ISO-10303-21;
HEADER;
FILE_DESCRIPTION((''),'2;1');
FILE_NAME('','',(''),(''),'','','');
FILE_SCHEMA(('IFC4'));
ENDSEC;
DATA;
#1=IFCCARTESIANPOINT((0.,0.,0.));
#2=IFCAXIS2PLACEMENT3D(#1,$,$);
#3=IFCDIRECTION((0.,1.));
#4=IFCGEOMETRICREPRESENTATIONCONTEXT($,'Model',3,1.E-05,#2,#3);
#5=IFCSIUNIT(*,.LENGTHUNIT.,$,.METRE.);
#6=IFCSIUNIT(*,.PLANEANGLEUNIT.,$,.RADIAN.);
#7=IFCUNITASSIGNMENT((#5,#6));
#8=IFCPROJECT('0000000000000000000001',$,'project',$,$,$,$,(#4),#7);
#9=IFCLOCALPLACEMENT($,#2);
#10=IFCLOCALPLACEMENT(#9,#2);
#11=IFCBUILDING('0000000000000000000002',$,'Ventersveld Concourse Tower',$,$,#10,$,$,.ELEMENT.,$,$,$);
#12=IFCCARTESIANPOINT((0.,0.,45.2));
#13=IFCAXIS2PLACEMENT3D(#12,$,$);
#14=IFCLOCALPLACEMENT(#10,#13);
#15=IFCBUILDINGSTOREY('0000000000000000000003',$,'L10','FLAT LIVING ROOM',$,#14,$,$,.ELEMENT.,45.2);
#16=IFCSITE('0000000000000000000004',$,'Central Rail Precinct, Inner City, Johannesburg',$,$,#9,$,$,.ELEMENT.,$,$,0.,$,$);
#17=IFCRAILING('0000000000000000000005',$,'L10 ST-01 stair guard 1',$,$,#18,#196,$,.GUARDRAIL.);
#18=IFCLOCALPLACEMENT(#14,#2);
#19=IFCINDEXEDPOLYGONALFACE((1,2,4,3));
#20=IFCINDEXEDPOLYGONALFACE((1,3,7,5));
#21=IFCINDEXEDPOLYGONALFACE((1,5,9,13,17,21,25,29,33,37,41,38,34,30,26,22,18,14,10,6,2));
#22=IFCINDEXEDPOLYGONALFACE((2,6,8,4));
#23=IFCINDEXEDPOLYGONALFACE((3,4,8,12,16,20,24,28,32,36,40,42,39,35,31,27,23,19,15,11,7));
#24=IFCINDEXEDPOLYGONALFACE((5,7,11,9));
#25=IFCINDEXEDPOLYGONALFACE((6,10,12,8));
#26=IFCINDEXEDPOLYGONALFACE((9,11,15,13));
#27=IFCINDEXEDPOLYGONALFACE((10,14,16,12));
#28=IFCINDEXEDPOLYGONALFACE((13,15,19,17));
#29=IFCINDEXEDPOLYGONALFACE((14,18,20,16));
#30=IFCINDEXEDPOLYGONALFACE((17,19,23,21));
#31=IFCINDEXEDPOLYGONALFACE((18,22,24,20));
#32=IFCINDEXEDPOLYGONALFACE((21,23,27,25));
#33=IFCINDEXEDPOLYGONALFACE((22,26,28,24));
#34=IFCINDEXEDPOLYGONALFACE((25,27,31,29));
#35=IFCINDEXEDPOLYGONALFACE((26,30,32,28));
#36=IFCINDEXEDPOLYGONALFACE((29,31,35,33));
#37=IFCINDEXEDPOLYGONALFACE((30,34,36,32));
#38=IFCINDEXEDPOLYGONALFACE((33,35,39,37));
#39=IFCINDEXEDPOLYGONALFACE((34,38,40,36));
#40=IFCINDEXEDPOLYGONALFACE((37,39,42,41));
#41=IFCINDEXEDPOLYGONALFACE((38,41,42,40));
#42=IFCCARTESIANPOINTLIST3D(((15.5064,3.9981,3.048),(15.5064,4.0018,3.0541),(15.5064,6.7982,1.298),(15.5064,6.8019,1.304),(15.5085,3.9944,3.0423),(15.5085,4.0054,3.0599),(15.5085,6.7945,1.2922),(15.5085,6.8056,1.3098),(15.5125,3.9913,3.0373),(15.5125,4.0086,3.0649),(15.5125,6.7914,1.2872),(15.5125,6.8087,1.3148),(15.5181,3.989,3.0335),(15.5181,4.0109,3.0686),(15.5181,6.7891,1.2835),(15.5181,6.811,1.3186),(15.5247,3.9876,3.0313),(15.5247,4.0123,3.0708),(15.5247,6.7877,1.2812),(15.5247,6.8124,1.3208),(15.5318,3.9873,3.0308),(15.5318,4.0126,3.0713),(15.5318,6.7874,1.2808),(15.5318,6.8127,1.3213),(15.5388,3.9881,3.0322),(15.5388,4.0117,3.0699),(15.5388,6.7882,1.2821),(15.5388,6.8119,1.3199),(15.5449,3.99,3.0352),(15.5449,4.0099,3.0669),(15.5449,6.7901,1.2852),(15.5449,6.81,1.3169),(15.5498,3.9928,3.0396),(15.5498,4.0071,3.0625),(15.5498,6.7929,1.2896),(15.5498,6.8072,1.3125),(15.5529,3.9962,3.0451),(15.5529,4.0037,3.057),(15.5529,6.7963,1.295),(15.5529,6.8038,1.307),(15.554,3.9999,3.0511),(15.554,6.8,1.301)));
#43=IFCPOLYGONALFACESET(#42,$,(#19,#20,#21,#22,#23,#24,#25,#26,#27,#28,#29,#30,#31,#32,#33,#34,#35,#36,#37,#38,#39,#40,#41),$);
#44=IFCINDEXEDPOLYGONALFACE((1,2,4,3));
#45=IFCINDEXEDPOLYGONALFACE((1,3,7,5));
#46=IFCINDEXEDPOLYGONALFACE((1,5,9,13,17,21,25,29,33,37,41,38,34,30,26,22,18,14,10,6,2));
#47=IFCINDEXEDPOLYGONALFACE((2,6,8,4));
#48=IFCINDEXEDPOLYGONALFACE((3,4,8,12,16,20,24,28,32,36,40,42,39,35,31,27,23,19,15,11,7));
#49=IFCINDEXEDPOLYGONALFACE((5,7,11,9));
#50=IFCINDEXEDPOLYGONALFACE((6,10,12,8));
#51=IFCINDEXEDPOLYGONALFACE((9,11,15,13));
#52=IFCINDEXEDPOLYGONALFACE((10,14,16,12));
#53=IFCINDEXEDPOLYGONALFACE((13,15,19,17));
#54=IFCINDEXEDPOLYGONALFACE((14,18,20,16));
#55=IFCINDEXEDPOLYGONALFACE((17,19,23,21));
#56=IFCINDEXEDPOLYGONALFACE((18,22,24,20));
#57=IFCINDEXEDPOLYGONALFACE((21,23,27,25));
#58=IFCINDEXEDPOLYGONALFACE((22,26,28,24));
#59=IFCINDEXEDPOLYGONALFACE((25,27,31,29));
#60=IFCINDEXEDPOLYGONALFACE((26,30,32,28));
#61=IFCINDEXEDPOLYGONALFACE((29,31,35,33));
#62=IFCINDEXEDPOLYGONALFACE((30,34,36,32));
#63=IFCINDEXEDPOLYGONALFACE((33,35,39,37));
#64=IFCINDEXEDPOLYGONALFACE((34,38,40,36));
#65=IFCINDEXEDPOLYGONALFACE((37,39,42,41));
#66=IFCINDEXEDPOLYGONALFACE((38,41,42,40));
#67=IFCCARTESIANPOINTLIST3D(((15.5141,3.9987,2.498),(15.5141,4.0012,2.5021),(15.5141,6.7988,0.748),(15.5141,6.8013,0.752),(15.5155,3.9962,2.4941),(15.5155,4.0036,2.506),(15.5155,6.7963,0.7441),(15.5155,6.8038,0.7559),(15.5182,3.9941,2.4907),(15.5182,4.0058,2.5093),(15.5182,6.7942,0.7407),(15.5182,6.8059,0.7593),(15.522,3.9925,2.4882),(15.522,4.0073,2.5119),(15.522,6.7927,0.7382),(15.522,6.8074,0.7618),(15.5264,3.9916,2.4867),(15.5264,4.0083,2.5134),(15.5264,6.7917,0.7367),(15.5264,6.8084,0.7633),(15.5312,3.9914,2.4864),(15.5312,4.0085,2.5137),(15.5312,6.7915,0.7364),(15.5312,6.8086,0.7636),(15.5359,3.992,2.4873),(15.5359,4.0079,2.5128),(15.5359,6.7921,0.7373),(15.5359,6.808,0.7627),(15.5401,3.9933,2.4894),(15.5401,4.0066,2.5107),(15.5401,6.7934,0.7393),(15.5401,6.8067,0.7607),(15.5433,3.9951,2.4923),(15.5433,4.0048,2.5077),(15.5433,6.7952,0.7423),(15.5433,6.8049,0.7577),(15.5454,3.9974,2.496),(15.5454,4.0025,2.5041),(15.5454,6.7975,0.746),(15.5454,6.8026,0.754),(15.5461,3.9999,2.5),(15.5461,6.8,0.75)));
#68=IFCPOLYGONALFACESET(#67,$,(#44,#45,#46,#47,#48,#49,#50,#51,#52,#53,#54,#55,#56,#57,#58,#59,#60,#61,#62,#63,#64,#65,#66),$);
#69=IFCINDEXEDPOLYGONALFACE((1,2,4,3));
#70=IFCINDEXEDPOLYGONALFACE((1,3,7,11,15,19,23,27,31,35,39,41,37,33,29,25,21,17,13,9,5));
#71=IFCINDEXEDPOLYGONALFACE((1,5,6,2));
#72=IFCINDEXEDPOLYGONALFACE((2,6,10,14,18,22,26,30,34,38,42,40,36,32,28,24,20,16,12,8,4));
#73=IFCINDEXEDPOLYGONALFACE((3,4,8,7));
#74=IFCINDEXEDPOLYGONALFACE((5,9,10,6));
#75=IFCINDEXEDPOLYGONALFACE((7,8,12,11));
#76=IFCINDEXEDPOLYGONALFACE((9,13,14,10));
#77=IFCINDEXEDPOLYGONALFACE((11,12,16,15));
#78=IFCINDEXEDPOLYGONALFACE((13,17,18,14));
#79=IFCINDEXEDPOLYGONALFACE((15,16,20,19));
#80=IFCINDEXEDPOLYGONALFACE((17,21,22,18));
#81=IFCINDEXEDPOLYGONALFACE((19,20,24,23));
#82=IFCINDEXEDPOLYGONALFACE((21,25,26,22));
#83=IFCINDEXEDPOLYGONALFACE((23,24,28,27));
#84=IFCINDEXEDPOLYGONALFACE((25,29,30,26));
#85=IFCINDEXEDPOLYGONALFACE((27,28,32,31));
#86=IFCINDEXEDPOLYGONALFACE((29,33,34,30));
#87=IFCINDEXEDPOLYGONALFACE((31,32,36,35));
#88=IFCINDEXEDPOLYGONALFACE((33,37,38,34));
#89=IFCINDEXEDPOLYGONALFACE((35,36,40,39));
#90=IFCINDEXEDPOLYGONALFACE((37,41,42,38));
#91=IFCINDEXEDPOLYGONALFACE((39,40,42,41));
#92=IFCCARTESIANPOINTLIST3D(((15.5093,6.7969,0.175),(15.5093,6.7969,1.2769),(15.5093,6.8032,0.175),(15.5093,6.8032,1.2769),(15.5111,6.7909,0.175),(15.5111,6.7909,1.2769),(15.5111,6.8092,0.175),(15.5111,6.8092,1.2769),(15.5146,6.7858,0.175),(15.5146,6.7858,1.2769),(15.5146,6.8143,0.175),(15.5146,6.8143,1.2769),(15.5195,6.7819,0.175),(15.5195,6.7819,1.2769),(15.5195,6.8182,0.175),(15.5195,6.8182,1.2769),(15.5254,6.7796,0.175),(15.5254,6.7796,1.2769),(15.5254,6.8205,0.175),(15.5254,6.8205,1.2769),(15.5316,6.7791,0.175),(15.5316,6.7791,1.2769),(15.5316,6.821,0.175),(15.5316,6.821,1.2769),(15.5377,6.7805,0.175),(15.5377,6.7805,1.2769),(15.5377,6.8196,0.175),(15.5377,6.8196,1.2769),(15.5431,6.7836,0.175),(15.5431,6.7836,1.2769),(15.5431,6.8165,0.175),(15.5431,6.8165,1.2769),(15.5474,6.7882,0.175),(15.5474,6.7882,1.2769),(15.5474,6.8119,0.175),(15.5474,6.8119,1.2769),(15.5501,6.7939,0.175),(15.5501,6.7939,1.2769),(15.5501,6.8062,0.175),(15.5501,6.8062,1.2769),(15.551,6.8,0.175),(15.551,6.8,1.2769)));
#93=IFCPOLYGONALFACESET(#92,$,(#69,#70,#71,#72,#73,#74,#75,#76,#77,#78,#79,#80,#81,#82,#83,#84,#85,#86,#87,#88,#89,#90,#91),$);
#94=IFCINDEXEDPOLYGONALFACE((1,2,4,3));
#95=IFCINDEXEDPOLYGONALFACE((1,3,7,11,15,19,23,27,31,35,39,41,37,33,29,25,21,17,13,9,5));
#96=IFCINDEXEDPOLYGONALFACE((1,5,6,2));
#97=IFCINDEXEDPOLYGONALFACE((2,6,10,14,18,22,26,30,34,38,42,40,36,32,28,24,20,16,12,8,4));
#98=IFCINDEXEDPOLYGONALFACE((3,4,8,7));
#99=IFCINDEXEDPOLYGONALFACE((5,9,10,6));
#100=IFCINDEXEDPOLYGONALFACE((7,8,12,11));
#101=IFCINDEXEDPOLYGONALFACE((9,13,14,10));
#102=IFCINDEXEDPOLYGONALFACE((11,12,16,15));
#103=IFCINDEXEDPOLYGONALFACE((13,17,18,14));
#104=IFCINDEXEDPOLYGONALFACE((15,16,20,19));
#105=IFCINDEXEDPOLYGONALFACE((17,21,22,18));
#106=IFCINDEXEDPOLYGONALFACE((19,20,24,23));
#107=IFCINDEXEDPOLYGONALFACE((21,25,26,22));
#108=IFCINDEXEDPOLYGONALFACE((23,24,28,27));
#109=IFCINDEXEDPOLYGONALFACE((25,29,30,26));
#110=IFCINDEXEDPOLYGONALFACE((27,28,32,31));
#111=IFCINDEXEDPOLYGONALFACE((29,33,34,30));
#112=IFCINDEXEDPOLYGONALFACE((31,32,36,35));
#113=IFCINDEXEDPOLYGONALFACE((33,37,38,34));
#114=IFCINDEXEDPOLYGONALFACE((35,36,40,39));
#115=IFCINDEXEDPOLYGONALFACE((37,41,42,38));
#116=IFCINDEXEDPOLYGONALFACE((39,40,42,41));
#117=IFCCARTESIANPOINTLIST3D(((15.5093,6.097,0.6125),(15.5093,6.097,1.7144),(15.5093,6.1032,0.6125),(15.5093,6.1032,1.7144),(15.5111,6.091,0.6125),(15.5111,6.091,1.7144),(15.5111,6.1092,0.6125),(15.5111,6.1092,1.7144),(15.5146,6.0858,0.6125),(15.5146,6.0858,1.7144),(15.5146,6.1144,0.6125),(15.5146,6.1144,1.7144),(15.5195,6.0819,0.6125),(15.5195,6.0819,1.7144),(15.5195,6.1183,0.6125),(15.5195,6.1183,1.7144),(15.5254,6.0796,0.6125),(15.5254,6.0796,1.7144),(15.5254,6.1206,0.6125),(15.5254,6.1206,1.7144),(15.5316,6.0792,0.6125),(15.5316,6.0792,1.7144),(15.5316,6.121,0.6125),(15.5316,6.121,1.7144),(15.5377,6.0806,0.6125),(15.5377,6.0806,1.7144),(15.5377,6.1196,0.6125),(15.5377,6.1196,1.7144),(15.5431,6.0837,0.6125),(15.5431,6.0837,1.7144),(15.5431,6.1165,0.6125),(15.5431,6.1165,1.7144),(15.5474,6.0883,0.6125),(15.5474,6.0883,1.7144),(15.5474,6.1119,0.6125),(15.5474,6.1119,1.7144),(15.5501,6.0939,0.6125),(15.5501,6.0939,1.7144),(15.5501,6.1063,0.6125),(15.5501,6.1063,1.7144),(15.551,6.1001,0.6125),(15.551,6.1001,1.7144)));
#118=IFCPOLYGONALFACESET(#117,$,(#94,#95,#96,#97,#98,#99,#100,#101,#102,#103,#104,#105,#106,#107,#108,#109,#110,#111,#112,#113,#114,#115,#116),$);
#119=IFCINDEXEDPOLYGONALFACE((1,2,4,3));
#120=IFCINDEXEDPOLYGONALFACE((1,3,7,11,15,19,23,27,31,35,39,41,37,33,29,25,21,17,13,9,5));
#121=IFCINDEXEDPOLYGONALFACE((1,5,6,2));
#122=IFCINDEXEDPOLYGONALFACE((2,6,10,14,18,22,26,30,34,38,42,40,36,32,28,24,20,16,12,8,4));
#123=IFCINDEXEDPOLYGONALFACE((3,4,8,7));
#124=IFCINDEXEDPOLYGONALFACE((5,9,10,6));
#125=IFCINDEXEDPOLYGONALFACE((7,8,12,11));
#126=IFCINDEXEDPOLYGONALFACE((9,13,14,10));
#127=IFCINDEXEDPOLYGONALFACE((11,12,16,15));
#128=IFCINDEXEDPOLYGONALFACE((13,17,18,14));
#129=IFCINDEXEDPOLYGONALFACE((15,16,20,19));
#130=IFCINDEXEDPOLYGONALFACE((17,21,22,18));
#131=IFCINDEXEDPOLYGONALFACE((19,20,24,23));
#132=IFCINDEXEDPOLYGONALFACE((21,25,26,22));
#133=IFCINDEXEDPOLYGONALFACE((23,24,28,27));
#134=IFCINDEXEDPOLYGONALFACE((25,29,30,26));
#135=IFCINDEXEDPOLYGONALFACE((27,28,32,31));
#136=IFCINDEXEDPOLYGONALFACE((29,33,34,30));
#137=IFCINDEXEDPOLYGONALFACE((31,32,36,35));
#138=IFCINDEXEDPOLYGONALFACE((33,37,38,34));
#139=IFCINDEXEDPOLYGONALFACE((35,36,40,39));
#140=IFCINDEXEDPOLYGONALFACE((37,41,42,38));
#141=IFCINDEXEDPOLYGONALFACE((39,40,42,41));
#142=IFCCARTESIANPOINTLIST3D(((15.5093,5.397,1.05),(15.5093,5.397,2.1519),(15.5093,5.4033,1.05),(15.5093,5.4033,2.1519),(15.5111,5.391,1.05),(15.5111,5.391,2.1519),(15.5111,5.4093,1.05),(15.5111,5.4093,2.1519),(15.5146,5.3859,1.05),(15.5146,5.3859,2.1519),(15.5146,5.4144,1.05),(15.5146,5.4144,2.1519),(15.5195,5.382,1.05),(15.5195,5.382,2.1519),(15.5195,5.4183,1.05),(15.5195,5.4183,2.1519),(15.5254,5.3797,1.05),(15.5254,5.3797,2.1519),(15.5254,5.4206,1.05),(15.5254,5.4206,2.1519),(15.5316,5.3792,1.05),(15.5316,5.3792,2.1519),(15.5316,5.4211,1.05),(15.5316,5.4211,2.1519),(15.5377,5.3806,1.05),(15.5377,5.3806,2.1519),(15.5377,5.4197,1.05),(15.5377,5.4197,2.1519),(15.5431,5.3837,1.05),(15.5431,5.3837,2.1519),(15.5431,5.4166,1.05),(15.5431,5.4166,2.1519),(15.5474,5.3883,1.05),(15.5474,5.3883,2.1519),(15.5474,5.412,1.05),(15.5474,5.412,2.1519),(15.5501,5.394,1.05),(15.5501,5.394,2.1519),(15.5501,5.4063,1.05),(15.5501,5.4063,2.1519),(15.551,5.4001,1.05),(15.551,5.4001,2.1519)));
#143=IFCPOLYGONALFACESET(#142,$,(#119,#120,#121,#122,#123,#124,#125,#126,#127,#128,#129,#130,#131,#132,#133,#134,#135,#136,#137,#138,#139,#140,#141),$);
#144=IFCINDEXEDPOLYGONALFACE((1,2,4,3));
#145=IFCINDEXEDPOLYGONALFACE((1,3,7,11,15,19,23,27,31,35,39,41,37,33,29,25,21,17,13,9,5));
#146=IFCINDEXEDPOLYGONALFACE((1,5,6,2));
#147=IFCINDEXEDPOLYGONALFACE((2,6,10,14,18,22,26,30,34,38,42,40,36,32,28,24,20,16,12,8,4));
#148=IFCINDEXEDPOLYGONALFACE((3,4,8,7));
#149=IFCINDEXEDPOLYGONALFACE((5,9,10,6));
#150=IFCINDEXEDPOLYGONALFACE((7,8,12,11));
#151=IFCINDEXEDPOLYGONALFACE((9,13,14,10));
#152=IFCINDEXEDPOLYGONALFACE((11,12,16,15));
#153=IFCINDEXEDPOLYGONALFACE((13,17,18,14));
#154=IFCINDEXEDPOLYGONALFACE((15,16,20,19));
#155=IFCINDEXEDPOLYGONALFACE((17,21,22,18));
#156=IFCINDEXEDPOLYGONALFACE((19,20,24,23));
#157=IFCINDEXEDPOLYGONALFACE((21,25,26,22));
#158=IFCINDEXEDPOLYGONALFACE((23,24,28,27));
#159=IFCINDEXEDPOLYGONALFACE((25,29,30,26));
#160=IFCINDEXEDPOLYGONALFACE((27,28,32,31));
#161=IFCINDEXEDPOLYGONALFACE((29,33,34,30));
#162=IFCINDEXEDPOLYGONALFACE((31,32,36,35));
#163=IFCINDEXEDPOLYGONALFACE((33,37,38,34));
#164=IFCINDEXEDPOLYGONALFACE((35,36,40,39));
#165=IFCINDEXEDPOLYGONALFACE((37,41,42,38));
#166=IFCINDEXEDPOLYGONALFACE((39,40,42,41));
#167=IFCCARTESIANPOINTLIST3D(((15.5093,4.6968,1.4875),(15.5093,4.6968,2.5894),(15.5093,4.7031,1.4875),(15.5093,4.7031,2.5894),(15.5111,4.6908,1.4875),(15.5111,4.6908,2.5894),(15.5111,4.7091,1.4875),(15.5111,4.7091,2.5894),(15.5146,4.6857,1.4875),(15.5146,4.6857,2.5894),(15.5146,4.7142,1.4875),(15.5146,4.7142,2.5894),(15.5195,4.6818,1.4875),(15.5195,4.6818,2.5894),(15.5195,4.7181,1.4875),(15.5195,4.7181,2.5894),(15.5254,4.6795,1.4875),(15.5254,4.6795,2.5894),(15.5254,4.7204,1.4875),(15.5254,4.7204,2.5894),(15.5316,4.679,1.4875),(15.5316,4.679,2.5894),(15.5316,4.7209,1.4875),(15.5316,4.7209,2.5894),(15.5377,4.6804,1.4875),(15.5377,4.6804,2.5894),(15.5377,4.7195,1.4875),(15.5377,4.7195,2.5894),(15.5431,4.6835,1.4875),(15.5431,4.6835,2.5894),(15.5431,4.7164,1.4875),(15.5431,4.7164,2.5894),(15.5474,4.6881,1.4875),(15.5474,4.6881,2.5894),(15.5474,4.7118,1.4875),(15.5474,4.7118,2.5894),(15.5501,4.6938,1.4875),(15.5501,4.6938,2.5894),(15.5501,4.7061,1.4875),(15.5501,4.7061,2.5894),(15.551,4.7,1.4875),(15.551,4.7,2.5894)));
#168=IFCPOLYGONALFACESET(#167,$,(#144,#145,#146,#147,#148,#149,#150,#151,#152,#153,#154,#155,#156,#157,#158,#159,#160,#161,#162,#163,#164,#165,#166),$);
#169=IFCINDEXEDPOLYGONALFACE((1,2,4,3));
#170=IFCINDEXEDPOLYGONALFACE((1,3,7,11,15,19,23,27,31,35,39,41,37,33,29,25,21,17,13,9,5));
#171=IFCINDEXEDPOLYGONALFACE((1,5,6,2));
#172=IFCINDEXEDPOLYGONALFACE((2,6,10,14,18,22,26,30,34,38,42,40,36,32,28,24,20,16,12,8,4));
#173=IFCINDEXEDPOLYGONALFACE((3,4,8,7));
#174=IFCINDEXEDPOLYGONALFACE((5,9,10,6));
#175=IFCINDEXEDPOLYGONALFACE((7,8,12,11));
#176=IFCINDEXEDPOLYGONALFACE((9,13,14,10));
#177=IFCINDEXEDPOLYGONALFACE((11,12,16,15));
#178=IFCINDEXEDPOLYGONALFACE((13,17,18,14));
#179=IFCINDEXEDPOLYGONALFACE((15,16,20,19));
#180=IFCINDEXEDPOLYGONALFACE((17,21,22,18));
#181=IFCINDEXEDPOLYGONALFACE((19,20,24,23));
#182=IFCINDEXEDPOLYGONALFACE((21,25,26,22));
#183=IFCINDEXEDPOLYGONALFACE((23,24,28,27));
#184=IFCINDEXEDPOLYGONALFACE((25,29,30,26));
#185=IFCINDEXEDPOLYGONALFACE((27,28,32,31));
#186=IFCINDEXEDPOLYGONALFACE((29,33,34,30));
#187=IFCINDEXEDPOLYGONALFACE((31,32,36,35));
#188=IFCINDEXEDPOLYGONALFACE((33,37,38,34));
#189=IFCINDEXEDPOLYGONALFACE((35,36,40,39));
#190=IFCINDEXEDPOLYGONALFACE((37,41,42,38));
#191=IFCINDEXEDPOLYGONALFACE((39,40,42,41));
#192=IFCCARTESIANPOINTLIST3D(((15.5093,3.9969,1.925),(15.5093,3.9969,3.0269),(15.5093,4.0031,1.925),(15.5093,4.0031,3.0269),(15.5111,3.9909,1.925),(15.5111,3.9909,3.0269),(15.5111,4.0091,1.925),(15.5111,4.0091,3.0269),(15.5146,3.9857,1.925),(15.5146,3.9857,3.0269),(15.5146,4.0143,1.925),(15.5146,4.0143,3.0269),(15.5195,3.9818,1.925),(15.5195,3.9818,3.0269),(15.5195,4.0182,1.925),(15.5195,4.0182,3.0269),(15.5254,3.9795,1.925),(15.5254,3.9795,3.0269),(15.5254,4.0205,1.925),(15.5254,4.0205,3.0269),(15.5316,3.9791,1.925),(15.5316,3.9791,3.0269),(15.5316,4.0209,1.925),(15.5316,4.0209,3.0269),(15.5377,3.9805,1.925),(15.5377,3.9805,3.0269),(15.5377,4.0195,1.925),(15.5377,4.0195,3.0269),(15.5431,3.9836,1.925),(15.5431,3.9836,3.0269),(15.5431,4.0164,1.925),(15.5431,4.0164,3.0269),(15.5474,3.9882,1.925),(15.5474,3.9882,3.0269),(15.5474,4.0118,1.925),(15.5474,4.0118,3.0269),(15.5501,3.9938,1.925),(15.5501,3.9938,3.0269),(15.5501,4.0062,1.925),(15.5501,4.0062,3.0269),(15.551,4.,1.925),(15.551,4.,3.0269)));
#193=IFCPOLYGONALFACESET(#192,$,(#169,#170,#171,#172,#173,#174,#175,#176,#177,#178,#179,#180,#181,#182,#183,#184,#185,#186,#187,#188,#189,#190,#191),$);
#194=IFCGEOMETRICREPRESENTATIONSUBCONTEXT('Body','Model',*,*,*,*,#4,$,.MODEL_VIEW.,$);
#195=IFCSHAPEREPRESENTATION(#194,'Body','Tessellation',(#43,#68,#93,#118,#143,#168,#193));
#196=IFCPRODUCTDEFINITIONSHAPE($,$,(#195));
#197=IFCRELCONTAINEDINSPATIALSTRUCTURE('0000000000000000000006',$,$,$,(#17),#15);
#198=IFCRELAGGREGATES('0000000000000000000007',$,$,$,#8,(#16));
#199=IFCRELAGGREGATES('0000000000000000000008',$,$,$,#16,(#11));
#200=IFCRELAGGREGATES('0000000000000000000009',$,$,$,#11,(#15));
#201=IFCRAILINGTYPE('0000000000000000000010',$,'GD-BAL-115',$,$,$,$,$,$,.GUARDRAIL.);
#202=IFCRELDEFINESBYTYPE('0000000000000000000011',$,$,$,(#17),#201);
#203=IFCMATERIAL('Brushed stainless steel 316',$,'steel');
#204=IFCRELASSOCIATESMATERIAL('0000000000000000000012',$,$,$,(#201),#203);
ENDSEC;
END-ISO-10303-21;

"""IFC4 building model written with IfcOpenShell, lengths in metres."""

from ifc_helpers import new_model, si_unit, direction, frame, origin, origin_2d, place, context, subcontext, project, spatial, circle, extrude, material, type_object, element, save


model = new_model("IFC4")

# Units and contexts
model_context = context("Model", 3, precision=1e-05, world=origin(), true_north=direction((0.0, 1.0)))
body_context = subcontext(model_context, "Body", "Model", "MODEL_VIEW")
ifc_project = project(units=[si_unit("LENGTHUNIT", "METRE"), si_unit("PLANEANGLEUNIT", "RADIAN")], contexts=[model_context])

# Site, building, storey
site_placement = place(None, origin())
site = spatial("IfcSite", under=ifc_project, at=site_placement, Name="Central Rail Precinct, Inner City, Johannesburg", CompositionType="ELEMENT", RefElevation=0.0)
building_placement = place(site_placement, origin())
building = spatial("IfcBuilding", under=site, at=building_placement, Name="Ventersveld Concourse Tower", CompositionType="ELEMENT")
storey_placement = place(building_placement, frame((0.0, 0.0, 45.2)))
storey = spatial("IfcBuildingStorey", under=building, at=storey_placement, Name="L10", Description="FLAT LIVING ROOM", CompositionType="ELEMENT", Elevation=45.2)

# Railing
ifc_material_1 = material(Name="Brushed stainless steel 316", Category="steel")
railing_type_1 = type_object("IfcRailingType", Name="GD-BAL-115", PredefinedType="GUARDRAIL", material=ifc_material_1)
railing_1_placement = place(storey_placement, frame((15.53, 6.8, 0.175)))
element("IfcRailing", 1, at=railing_1_placement, inside=storey, type_object=railing_type_1, Name="L10 ST-01 stair guard 1", PredefinedType="GUARDRAIL", context=body_context, shape_type="SweptSolid", body=[
    extrude(circle(Radius=0.0239, at=origin_2d()), frame((0.0, 0.0, 1.126), z_axis=(0.0, -0.848002, 0.529992), x_axis=(1.0, 0.0, 0.0)), (0.0, 0.0, 1.0), 3.302),
    extrude(circle(Radius=0.0161, at=origin_2d()), frame((0.0, 0.0, 0.575), z_axis=(0.0, -0.848002, 0.529992), x_axis=(1.0, 0.0, 0.0)), (0.0, 0.0, 1.0), 3.302),
    extrude(circle(Radius=0.021, at=origin_2d()), origin(), (0.0, 0.0, 1.0), 1.1018),
    extrude(circle(Radius=0.021, at=origin_2d()), frame((0.0, -0.7, 0.4375)), (0.0, 0.0, 1.0), 1.1018),
    extrude(circle(Radius=0.021, at=origin_2d()), frame((0.0, -1.3999, 0.875)), (0.0, 0.0, 1.0), 1.1018),
    extrude(circle(Radius=0.021, at=origin_2d()), frame((0.0, -2.1001, 1.3125)), (0.0, 0.0, 1.0), 1.1018),
    extrude(circle(Radius=0.021, at=origin_2d()), frame((0.0, -2.8, 1.75)), (0.0, 0.0, 1.0), 1.1018),
])

save(model, "model.ifc")
